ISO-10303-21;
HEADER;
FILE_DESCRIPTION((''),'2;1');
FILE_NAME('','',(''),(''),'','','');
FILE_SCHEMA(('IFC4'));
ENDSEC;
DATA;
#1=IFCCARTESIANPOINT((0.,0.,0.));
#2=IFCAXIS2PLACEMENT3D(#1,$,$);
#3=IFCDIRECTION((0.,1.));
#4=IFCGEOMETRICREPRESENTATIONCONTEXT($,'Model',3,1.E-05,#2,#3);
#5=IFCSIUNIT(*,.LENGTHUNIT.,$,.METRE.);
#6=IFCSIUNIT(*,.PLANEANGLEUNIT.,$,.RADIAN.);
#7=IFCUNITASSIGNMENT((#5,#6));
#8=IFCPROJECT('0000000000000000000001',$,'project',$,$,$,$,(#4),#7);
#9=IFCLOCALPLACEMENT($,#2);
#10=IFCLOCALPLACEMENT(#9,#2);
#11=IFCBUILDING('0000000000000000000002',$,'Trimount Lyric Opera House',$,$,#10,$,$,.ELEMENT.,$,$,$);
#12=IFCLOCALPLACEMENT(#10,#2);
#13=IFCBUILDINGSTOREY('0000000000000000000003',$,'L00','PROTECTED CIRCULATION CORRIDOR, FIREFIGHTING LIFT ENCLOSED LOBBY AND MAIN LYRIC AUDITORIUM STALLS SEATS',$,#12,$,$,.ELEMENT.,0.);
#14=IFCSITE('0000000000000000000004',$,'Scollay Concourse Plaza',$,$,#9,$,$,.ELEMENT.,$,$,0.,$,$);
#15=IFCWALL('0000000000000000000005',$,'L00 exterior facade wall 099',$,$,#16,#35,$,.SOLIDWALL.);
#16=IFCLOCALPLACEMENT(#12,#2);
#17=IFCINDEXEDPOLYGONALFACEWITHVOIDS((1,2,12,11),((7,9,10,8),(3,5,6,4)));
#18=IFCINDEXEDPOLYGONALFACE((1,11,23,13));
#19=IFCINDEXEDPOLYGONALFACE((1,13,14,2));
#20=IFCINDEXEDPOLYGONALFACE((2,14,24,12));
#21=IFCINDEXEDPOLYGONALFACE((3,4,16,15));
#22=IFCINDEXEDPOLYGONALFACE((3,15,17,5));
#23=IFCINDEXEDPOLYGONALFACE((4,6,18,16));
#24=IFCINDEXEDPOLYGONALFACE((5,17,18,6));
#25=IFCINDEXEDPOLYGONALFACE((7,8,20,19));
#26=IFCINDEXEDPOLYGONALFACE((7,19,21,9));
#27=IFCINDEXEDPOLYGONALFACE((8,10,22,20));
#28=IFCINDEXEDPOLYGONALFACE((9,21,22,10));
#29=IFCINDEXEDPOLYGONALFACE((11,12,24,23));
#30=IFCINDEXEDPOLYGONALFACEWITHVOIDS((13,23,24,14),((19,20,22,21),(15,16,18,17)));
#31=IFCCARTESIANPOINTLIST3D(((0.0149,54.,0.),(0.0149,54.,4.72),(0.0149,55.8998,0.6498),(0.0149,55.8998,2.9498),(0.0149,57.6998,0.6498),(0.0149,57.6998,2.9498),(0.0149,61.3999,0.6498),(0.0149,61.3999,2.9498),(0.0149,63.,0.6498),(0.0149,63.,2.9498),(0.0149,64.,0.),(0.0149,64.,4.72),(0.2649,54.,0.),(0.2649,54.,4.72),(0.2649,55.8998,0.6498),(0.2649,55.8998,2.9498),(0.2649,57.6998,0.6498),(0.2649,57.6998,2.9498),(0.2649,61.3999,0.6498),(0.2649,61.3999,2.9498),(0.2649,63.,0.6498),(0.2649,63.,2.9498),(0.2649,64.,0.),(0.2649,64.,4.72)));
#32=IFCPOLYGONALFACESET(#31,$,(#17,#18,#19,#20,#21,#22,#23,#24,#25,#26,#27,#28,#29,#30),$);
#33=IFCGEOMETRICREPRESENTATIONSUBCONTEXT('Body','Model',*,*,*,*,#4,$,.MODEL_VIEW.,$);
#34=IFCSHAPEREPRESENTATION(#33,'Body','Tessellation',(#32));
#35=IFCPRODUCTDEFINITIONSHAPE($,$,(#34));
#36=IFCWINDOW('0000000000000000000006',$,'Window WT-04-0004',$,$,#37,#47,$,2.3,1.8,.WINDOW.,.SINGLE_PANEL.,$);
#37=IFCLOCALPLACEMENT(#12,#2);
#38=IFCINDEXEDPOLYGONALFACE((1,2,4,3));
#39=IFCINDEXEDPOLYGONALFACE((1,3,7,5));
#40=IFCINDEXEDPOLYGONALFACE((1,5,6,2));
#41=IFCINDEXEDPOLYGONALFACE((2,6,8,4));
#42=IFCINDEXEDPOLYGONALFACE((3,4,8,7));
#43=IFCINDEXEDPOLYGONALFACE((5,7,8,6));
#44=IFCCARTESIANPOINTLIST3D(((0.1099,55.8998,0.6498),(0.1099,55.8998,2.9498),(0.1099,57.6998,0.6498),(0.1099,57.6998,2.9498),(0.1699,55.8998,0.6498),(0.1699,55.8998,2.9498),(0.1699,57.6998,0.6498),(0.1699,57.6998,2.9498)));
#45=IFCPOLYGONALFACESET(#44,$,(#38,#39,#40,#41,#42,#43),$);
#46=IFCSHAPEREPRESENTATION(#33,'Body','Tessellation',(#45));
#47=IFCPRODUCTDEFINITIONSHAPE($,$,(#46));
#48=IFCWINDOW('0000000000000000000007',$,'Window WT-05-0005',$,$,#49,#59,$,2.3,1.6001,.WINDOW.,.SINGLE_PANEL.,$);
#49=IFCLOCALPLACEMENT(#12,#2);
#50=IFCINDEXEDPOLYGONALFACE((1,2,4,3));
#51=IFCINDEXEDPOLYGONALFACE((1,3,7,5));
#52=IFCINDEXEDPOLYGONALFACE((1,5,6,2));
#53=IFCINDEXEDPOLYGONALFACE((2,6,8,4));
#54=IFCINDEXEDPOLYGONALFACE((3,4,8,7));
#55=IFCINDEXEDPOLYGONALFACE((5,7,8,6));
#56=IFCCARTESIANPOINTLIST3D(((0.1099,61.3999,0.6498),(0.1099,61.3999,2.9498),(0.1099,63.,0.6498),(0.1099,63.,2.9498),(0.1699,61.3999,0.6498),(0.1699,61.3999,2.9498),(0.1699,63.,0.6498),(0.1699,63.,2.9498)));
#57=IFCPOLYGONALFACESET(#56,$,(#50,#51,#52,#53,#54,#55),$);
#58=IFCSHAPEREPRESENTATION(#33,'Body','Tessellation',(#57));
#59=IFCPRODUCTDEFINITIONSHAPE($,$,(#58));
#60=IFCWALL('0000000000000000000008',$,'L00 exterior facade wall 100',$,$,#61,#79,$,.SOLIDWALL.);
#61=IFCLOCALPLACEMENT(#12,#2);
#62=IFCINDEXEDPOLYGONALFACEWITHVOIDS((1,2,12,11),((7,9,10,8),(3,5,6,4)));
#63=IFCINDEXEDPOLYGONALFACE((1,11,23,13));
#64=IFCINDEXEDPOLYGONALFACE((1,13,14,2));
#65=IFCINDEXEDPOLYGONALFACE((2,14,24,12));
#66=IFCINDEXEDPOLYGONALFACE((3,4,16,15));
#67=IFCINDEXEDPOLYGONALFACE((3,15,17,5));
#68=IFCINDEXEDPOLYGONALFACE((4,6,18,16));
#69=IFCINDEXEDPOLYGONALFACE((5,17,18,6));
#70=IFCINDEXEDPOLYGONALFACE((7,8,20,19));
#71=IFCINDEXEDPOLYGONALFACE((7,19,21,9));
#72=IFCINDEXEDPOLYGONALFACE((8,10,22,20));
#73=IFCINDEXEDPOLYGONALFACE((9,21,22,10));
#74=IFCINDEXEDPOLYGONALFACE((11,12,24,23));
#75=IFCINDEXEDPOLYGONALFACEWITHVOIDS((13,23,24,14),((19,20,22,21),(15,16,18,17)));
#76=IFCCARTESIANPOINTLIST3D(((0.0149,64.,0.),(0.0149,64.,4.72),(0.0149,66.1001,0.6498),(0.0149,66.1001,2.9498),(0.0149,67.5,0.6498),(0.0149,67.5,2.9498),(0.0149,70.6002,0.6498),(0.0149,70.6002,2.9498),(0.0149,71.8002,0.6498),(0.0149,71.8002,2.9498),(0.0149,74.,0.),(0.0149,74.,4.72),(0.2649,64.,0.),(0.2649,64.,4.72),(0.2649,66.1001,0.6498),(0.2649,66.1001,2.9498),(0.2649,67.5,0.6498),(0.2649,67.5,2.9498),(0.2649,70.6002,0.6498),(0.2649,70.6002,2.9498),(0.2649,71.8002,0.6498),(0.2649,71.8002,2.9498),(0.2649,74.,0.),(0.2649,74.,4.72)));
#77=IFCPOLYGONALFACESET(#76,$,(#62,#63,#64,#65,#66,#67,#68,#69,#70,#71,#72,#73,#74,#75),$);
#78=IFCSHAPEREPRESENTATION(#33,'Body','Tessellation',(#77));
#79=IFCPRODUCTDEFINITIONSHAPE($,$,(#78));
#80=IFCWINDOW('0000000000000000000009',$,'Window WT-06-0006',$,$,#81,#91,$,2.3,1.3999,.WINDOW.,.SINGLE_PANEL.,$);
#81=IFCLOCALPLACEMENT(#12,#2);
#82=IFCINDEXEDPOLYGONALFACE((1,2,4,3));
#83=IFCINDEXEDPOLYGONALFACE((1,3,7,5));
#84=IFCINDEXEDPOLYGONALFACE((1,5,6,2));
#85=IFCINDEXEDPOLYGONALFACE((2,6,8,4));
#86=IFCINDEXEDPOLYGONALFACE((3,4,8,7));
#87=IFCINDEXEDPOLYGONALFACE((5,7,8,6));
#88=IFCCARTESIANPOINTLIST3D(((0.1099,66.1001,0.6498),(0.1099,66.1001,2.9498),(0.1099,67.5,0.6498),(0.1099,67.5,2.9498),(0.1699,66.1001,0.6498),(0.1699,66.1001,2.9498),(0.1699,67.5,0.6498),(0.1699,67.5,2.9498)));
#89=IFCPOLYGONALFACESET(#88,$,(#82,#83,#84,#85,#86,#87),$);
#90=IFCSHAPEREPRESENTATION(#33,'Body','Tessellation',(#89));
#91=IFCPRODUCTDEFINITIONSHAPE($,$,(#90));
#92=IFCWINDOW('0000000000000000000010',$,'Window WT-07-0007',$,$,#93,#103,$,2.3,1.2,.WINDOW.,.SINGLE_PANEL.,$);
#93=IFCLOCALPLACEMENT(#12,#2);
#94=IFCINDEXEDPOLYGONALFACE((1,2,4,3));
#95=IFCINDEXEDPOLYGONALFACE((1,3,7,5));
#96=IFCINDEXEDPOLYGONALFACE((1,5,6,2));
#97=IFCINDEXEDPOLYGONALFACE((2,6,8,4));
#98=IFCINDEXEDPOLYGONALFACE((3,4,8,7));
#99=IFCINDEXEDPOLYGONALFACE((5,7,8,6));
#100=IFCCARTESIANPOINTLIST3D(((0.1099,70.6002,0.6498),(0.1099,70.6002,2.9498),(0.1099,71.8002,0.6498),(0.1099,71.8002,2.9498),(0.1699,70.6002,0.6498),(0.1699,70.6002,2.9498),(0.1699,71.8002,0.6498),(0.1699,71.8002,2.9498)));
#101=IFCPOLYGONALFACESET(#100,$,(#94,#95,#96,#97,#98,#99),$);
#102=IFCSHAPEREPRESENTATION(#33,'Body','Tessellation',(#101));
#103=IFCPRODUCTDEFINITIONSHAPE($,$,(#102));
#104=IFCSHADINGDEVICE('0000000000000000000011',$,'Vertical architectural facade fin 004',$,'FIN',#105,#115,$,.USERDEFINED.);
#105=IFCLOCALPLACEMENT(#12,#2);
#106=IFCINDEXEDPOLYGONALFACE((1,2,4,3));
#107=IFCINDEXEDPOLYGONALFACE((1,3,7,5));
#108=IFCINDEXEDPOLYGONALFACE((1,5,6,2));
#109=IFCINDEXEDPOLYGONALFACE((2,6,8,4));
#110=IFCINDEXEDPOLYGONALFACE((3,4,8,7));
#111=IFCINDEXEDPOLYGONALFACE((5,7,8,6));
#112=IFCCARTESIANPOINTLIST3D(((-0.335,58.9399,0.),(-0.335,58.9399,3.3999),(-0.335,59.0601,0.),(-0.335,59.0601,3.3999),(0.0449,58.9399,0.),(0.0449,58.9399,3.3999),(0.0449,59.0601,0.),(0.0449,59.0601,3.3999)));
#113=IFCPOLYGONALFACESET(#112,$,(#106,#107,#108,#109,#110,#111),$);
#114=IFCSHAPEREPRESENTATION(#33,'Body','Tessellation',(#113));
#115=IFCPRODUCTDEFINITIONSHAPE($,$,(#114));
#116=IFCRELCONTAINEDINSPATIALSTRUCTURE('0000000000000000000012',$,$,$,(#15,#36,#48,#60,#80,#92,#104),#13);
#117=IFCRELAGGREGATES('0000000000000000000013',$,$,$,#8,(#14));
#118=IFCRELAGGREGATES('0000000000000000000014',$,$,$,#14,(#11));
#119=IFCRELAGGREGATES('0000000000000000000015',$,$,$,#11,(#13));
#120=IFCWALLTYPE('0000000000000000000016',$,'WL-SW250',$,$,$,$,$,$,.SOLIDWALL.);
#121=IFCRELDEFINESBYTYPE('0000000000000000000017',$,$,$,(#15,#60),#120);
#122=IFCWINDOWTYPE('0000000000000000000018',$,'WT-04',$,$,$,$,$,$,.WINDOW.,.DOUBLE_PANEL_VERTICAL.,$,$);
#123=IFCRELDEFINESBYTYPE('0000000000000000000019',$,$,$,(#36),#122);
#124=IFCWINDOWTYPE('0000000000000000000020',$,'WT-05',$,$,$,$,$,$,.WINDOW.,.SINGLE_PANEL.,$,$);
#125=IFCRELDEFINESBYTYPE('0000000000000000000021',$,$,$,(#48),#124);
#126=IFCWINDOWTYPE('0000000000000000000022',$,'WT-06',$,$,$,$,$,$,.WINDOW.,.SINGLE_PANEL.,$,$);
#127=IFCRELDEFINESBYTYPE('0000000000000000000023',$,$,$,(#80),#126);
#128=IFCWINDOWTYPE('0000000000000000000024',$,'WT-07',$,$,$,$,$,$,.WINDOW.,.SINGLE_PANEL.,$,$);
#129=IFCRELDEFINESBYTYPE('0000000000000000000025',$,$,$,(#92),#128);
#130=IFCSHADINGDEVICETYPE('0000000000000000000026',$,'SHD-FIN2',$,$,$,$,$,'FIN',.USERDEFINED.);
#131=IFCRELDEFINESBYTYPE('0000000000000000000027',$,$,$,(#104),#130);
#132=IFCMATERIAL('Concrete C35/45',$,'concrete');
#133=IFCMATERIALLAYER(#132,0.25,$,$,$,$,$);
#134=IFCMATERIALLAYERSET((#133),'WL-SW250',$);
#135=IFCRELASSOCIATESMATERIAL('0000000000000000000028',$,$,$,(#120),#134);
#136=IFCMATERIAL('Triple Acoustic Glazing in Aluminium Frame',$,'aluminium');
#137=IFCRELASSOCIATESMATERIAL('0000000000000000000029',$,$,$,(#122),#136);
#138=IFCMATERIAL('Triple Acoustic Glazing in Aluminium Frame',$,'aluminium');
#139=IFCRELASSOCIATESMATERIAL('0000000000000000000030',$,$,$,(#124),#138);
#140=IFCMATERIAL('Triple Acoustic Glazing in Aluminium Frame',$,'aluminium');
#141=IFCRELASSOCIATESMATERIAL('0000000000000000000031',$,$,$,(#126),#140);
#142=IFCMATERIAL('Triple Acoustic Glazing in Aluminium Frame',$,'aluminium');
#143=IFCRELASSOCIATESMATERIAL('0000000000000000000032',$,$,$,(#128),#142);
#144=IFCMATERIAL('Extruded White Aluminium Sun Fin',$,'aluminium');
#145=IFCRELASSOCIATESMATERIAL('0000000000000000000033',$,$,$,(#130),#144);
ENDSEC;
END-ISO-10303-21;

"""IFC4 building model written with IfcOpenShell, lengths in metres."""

from ifc_helpers import new_model, si_unit, direction, frame, frame_2d, origin, origin_2d, place, context, subcontext, project, spatial, rectangle, extrude, material, layer, layer_set, type_object, element, fill, save


model = new_model("IFC4")

# Units and contexts
model_context = context("Model", 3, precision=1e-05, world=origin(), true_north=direction((0.0, 1.0)))
body_context = subcontext(model_context, "Body", "Model", "MODEL_VIEW")
ifc_project = project(units=[si_unit("LENGTHUNIT", "METRE"), si_unit("PLANEANGLEUNIT", "RADIAN")], contexts=[model_context])

# Site, building, storey
site_placement = place(None, origin())
site = spatial("IfcSite", under=ifc_project, at=site_placement, Name="Scollay Concourse Plaza", CompositionType="ELEMENT", RefElevation=0.0)
building_placement = place(site_placement, origin())
building = spatial("IfcBuilding", under=site, at=building_placement, Name="Trimount Lyric Opera House", CompositionType="ELEMENT")
storey_placement = place(building_placement, origin())
storey = spatial("IfcBuildingStorey", under=building, at=storey_placement, Name="L00", Description="PROTECTED CIRCULATION CORRIDOR, FIREFIGHTING LIFT ENCLOSED LOBBY AND MAIN LYRIC AUDITORIUM STALLS SEATS", CompositionType="ELEMENT", Elevation=0.0)

# Shared definitions
ifc_material_1 = material(Name="Concrete C35/45", Category="concrete")
ifc_layer = layer(ifc_material_1, 0.25)
ifc_layer_set = layer_set([ifc_layer], Name="WL-SW250")
wall_type = type_object("IfcWallType", Name="WL-SW250", PredefinedType="SOLIDWALL", material=ifc_layer_set)

# Walls, openings, windows
wall_1_placement = place(storey_placement, frame((0.1399, 54.0, 0.0), z_axis=(0.0, 0.0, 1.0), x_axis=(0.0, 1.0, 0.0)))
wall_1 = element("IfcWall", 1, at=wall_1_placement, inside=storey, type_object=wall_type, Name="L00 exterior facade wall 099", PredefinedType="SOLIDWALL", context=body_context, shape_type="SweptSolid", body=[
    extrude(rectangle(XDim=10.0, YDim=0.25, at=frame_2d((5.0, 0.0))), origin(), (0.0, 0.0, 1.0), 4.72),
])
opening_1_placement = place(wall_1_placement, frame((1.8999, 0.0, 0.6499)))
opening_1 = element("IfcOpeningElement", 2, at=opening_1_placement, cuts=wall_1, PredefinedType="OPENING", context=body_context, shape_type="SweptSolid", body=[
    extrude(rectangle(XDim=1.8, YDim=2.3, at=frame_2d((0.8999, 1.1499))), frame((0.0, 0.135, 0.0), z_axis=(0.0, -1.0, 0.0), x_axis=(1.0, 0.0, 0.0)), (0.0, 0.0, 1.0), 0.27),
])
opening_2_placement = place(wall_1_placement, frame((7.3999, 0.0, 0.6499)))
opening_2 = element("IfcOpeningElement", 3, at=opening_2_placement, cuts=wall_1, PredefinedType="OPENING", context=body_context, shape_type="SweptSolid", body=[
    extrude(rectangle(XDim=1.6001, YDim=2.3, at=frame_2d((0.8, 1.1499))), frame((0.0, 0.135, 0.0), z_axis=(0.0, -1.0, 0.0), x_axis=(1.0, 0.0, 0.0)), (0.0, 0.0, 1.0), 0.27),
])
ifc_material_2 = material(Name="Triple Acoustic Glazing in Aluminium Frame", Category="aluminium")
window_type_1 = type_object("IfcWindowType", Name="WT-04", PartitioningType="DOUBLE_PANEL_VERTICAL", PredefinedType="WINDOW", material=ifc_material_2)
window_1_placement = place(opening_1_placement, origin())
window_1 = element("IfcWindow", 4, at=window_1_placement, inside=storey, type_object=window_type_1, Name="Window WT-04-0004", OverallHeight=2.3, OverallWidth=1.8, PartitioningType="SINGLE_PANEL", PredefinedType="WINDOW", context=body_context, shape_type="SweptSolid", body=[
    extrude(rectangle(XDim=1.8, YDim=2.3, at=frame_2d((0.8999, 1.1499))), frame((0.0, 0.03, 0.0), z_axis=(0.0, -1.0, 0.0), x_axis=(1.0, 0.0, 0.0)), (0.0, 0.0, 1.0), 0.0601),
])
fill(opening_1, window_1)
ifc_material_3 = material(Name="Triple Acoustic Glazing in Aluminium Frame", Category="aluminium")
window_type_2 = type_object("IfcWindowType", Name="WT-05", PartitioningType="SINGLE_PANEL", PredefinedType="WINDOW", material=ifc_material_3)
window_2_placement = place(opening_2_placement, origin())
window_2 = element("IfcWindow", 5, at=window_2_placement, inside=storey, type_object=window_type_2, Name="Window WT-05-0005", OverallHeight=2.3, OverallWidth=1.6001, PartitioningType="SINGLE_PANEL", PredefinedType="WINDOW", context=body_context, shape_type="SweptSolid", body=[
    extrude(rectangle(XDim=1.6001, YDim=2.3, at=frame_2d((0.8, 1.1499))), frame((0.0, 0.03, 0.0), z_axis=(0.0, -1.0, 0.0), x_axis=(1.0, 0.0, 0.0)), (0.0, 0.0, 1.0), 0.0601),
])
fill(opening_2, window_2)
wall_2_placement = place(storey_placement, frame((0.1399, 64.0, 0.0), z_axis=(0.0, 0.0, 1.0), x_axis=(0.0, 1.0, 0.0)))
wall_2 = element("IfcWall", 6, at=wall_2_placement, inside=storey, type_object=wall_type, Name="L00 exterior facade wall 100", PredefinedType="SOLIDWALL", context=body_context, shape_type="SweptSolid", body=[
    extrude(rectangle(XDim=10.0, YDim=0.25, at=frame_2d((5.0, 0.0))), origin(), (0.0, 0.0, 1.0), 4.72),
])
opening_3_placement = place(wall_2_placement, frame((2.1001, 0.0, 0.6499)))
opening_3 = element("IfcOpeningElement", 7, at=opening_3_placement, cuts=wall_2, PredefinedType="OPENING", context=body_context, shape_type="SweptSolid", body=[
    extrude(rectangle(XDim=1.3999, YDim=2.3, at=frame_2d((0.7, 1.1499))), frame((0.0, 0.135, 0.0), z_axis=(0.0, -1.0, 0.0), x_axis=(1.0, 0.0, 0.0)), (0.0, 0.0, 1.0), 0.27),
])
opening_4_placement = place(wall_2_placement, frame((6.6001, 0.0, 0.6499)))
opening_4 = element("IfcOpeningElement", 8, at=opening_4_placement, cuts=wall_2, PredefinedType="OPENING", context=body_context, shape_type="SweptSolid", body=[
    extrude(rectangle(XDim=1.2, YDim=2.3, at=frame_2d((0.6001, 1.1499))), frame((0.0, 0.135, 0.0), z_axis=(0.0, -1.0, 0.0), x_axis=(1.0, 0.0, 0.0)), (0.0, 0.0, 1.0), 0.27),
])
ifc_material_4 = material(Name="Triple Acoustic Glazing in Aluminium Frame", Category="aluminium")
window_type_3 = type_object("IfcWindowType", Name="WT-06", PartitioningType="SINGLE_PANEL", PredefinedType="WINDOW", material=ifc_material_4)
window_3_placement = place(opening_3_placement, origin())
window_3 = element("IfcWindow", 9, at=window_3_placement, inside=storey, type_object=window_type_3, Name="Window WT-06-0006", OverallHeight=2.3, OverallWidth=1.3999, PartitioningType="SINGLE_PANEL", PredefinedType="WINDOW", context=body_context, shape_type="SweptSolid", body=[
    extrude(rectangle(XDim=1.3999, YDim=2.3, at=frame_2d((0.7, 1.1499))), frame((0.0, 0.03, 0.0), z_axis=(0.0, -1.0, 0.0), x_axis=(1.0, 0.0, 0.0)), (0.0, 0.0, 1.0), 0.0601),
])
fill(opening_3, window_3)
ifc_material_5 = material(Name="Triple Acoustic Glazing in Aluminium Frame", Category="aluminium")
window_type_4 = type_object("IfcWindowType", Name="WT-07", PartitioningType="SINGLE_PANEL", PredefinedType="WINDOW", material=ifc_material_5)
window_4_placement = place(opening_4_placement, origin())
window_4 = element("IfcWindow", 10, at=window_4_placement, inside=storey, type_object=window_type_4, Name="Window WT-07-0007", OverallHeight=2.3, OverallWidth=1.2, PartitioningType="SINGLE_PANEL", PredefinedType="WINDOW", context=body_context, shape_type="SweptSolid", body=[
    extrude(rectangle(XDim=1.2, YDim=2.3, at=frame_2d((0.6001, 1.1499))), frame((0.0, 0.03, 0.0), z_axis=(0.0, -1.0, 0.0), x_axis=(1.0, 0.0, 0.0)), (0.0, 0.0, 1.0), 0.0601),
])
fill(opening_4, window_4)

# Shading device
ifc_material_6 = material(Name="Extruded White Aluminium Sun Fin", Category="aluminium")
shading_device_type = type_object("IfcShadingDeviceType", Name="SHD-FIN2", ElementType="FIN", PredefinedType="USERDEFINED", material=ifc_material_6)
shading_device_placement = place(storey_placement, frame((-0.145, 59.0, 0.0), z_axis=(0.0, 0.0, 1.0), x_axis=(1.0, 0.0, 0.0)))
element("IfcShadingDevice", 11, at=shading_device_placement, inside=storey, type_object=shading_device_type, Name="Vertical architectural facade fin 004", ObjectType="FIN", PredefinedType="USERDEFINED", context=body_context, shape_type="SweptSolid", body=[
    extrude(rectangle(XDim=0.3799, YDim=0.1201, at=origin_2d()), origin(), (0.0, 0.0, 1.0), 3.3999),
])

save(model, "model.ifc")
